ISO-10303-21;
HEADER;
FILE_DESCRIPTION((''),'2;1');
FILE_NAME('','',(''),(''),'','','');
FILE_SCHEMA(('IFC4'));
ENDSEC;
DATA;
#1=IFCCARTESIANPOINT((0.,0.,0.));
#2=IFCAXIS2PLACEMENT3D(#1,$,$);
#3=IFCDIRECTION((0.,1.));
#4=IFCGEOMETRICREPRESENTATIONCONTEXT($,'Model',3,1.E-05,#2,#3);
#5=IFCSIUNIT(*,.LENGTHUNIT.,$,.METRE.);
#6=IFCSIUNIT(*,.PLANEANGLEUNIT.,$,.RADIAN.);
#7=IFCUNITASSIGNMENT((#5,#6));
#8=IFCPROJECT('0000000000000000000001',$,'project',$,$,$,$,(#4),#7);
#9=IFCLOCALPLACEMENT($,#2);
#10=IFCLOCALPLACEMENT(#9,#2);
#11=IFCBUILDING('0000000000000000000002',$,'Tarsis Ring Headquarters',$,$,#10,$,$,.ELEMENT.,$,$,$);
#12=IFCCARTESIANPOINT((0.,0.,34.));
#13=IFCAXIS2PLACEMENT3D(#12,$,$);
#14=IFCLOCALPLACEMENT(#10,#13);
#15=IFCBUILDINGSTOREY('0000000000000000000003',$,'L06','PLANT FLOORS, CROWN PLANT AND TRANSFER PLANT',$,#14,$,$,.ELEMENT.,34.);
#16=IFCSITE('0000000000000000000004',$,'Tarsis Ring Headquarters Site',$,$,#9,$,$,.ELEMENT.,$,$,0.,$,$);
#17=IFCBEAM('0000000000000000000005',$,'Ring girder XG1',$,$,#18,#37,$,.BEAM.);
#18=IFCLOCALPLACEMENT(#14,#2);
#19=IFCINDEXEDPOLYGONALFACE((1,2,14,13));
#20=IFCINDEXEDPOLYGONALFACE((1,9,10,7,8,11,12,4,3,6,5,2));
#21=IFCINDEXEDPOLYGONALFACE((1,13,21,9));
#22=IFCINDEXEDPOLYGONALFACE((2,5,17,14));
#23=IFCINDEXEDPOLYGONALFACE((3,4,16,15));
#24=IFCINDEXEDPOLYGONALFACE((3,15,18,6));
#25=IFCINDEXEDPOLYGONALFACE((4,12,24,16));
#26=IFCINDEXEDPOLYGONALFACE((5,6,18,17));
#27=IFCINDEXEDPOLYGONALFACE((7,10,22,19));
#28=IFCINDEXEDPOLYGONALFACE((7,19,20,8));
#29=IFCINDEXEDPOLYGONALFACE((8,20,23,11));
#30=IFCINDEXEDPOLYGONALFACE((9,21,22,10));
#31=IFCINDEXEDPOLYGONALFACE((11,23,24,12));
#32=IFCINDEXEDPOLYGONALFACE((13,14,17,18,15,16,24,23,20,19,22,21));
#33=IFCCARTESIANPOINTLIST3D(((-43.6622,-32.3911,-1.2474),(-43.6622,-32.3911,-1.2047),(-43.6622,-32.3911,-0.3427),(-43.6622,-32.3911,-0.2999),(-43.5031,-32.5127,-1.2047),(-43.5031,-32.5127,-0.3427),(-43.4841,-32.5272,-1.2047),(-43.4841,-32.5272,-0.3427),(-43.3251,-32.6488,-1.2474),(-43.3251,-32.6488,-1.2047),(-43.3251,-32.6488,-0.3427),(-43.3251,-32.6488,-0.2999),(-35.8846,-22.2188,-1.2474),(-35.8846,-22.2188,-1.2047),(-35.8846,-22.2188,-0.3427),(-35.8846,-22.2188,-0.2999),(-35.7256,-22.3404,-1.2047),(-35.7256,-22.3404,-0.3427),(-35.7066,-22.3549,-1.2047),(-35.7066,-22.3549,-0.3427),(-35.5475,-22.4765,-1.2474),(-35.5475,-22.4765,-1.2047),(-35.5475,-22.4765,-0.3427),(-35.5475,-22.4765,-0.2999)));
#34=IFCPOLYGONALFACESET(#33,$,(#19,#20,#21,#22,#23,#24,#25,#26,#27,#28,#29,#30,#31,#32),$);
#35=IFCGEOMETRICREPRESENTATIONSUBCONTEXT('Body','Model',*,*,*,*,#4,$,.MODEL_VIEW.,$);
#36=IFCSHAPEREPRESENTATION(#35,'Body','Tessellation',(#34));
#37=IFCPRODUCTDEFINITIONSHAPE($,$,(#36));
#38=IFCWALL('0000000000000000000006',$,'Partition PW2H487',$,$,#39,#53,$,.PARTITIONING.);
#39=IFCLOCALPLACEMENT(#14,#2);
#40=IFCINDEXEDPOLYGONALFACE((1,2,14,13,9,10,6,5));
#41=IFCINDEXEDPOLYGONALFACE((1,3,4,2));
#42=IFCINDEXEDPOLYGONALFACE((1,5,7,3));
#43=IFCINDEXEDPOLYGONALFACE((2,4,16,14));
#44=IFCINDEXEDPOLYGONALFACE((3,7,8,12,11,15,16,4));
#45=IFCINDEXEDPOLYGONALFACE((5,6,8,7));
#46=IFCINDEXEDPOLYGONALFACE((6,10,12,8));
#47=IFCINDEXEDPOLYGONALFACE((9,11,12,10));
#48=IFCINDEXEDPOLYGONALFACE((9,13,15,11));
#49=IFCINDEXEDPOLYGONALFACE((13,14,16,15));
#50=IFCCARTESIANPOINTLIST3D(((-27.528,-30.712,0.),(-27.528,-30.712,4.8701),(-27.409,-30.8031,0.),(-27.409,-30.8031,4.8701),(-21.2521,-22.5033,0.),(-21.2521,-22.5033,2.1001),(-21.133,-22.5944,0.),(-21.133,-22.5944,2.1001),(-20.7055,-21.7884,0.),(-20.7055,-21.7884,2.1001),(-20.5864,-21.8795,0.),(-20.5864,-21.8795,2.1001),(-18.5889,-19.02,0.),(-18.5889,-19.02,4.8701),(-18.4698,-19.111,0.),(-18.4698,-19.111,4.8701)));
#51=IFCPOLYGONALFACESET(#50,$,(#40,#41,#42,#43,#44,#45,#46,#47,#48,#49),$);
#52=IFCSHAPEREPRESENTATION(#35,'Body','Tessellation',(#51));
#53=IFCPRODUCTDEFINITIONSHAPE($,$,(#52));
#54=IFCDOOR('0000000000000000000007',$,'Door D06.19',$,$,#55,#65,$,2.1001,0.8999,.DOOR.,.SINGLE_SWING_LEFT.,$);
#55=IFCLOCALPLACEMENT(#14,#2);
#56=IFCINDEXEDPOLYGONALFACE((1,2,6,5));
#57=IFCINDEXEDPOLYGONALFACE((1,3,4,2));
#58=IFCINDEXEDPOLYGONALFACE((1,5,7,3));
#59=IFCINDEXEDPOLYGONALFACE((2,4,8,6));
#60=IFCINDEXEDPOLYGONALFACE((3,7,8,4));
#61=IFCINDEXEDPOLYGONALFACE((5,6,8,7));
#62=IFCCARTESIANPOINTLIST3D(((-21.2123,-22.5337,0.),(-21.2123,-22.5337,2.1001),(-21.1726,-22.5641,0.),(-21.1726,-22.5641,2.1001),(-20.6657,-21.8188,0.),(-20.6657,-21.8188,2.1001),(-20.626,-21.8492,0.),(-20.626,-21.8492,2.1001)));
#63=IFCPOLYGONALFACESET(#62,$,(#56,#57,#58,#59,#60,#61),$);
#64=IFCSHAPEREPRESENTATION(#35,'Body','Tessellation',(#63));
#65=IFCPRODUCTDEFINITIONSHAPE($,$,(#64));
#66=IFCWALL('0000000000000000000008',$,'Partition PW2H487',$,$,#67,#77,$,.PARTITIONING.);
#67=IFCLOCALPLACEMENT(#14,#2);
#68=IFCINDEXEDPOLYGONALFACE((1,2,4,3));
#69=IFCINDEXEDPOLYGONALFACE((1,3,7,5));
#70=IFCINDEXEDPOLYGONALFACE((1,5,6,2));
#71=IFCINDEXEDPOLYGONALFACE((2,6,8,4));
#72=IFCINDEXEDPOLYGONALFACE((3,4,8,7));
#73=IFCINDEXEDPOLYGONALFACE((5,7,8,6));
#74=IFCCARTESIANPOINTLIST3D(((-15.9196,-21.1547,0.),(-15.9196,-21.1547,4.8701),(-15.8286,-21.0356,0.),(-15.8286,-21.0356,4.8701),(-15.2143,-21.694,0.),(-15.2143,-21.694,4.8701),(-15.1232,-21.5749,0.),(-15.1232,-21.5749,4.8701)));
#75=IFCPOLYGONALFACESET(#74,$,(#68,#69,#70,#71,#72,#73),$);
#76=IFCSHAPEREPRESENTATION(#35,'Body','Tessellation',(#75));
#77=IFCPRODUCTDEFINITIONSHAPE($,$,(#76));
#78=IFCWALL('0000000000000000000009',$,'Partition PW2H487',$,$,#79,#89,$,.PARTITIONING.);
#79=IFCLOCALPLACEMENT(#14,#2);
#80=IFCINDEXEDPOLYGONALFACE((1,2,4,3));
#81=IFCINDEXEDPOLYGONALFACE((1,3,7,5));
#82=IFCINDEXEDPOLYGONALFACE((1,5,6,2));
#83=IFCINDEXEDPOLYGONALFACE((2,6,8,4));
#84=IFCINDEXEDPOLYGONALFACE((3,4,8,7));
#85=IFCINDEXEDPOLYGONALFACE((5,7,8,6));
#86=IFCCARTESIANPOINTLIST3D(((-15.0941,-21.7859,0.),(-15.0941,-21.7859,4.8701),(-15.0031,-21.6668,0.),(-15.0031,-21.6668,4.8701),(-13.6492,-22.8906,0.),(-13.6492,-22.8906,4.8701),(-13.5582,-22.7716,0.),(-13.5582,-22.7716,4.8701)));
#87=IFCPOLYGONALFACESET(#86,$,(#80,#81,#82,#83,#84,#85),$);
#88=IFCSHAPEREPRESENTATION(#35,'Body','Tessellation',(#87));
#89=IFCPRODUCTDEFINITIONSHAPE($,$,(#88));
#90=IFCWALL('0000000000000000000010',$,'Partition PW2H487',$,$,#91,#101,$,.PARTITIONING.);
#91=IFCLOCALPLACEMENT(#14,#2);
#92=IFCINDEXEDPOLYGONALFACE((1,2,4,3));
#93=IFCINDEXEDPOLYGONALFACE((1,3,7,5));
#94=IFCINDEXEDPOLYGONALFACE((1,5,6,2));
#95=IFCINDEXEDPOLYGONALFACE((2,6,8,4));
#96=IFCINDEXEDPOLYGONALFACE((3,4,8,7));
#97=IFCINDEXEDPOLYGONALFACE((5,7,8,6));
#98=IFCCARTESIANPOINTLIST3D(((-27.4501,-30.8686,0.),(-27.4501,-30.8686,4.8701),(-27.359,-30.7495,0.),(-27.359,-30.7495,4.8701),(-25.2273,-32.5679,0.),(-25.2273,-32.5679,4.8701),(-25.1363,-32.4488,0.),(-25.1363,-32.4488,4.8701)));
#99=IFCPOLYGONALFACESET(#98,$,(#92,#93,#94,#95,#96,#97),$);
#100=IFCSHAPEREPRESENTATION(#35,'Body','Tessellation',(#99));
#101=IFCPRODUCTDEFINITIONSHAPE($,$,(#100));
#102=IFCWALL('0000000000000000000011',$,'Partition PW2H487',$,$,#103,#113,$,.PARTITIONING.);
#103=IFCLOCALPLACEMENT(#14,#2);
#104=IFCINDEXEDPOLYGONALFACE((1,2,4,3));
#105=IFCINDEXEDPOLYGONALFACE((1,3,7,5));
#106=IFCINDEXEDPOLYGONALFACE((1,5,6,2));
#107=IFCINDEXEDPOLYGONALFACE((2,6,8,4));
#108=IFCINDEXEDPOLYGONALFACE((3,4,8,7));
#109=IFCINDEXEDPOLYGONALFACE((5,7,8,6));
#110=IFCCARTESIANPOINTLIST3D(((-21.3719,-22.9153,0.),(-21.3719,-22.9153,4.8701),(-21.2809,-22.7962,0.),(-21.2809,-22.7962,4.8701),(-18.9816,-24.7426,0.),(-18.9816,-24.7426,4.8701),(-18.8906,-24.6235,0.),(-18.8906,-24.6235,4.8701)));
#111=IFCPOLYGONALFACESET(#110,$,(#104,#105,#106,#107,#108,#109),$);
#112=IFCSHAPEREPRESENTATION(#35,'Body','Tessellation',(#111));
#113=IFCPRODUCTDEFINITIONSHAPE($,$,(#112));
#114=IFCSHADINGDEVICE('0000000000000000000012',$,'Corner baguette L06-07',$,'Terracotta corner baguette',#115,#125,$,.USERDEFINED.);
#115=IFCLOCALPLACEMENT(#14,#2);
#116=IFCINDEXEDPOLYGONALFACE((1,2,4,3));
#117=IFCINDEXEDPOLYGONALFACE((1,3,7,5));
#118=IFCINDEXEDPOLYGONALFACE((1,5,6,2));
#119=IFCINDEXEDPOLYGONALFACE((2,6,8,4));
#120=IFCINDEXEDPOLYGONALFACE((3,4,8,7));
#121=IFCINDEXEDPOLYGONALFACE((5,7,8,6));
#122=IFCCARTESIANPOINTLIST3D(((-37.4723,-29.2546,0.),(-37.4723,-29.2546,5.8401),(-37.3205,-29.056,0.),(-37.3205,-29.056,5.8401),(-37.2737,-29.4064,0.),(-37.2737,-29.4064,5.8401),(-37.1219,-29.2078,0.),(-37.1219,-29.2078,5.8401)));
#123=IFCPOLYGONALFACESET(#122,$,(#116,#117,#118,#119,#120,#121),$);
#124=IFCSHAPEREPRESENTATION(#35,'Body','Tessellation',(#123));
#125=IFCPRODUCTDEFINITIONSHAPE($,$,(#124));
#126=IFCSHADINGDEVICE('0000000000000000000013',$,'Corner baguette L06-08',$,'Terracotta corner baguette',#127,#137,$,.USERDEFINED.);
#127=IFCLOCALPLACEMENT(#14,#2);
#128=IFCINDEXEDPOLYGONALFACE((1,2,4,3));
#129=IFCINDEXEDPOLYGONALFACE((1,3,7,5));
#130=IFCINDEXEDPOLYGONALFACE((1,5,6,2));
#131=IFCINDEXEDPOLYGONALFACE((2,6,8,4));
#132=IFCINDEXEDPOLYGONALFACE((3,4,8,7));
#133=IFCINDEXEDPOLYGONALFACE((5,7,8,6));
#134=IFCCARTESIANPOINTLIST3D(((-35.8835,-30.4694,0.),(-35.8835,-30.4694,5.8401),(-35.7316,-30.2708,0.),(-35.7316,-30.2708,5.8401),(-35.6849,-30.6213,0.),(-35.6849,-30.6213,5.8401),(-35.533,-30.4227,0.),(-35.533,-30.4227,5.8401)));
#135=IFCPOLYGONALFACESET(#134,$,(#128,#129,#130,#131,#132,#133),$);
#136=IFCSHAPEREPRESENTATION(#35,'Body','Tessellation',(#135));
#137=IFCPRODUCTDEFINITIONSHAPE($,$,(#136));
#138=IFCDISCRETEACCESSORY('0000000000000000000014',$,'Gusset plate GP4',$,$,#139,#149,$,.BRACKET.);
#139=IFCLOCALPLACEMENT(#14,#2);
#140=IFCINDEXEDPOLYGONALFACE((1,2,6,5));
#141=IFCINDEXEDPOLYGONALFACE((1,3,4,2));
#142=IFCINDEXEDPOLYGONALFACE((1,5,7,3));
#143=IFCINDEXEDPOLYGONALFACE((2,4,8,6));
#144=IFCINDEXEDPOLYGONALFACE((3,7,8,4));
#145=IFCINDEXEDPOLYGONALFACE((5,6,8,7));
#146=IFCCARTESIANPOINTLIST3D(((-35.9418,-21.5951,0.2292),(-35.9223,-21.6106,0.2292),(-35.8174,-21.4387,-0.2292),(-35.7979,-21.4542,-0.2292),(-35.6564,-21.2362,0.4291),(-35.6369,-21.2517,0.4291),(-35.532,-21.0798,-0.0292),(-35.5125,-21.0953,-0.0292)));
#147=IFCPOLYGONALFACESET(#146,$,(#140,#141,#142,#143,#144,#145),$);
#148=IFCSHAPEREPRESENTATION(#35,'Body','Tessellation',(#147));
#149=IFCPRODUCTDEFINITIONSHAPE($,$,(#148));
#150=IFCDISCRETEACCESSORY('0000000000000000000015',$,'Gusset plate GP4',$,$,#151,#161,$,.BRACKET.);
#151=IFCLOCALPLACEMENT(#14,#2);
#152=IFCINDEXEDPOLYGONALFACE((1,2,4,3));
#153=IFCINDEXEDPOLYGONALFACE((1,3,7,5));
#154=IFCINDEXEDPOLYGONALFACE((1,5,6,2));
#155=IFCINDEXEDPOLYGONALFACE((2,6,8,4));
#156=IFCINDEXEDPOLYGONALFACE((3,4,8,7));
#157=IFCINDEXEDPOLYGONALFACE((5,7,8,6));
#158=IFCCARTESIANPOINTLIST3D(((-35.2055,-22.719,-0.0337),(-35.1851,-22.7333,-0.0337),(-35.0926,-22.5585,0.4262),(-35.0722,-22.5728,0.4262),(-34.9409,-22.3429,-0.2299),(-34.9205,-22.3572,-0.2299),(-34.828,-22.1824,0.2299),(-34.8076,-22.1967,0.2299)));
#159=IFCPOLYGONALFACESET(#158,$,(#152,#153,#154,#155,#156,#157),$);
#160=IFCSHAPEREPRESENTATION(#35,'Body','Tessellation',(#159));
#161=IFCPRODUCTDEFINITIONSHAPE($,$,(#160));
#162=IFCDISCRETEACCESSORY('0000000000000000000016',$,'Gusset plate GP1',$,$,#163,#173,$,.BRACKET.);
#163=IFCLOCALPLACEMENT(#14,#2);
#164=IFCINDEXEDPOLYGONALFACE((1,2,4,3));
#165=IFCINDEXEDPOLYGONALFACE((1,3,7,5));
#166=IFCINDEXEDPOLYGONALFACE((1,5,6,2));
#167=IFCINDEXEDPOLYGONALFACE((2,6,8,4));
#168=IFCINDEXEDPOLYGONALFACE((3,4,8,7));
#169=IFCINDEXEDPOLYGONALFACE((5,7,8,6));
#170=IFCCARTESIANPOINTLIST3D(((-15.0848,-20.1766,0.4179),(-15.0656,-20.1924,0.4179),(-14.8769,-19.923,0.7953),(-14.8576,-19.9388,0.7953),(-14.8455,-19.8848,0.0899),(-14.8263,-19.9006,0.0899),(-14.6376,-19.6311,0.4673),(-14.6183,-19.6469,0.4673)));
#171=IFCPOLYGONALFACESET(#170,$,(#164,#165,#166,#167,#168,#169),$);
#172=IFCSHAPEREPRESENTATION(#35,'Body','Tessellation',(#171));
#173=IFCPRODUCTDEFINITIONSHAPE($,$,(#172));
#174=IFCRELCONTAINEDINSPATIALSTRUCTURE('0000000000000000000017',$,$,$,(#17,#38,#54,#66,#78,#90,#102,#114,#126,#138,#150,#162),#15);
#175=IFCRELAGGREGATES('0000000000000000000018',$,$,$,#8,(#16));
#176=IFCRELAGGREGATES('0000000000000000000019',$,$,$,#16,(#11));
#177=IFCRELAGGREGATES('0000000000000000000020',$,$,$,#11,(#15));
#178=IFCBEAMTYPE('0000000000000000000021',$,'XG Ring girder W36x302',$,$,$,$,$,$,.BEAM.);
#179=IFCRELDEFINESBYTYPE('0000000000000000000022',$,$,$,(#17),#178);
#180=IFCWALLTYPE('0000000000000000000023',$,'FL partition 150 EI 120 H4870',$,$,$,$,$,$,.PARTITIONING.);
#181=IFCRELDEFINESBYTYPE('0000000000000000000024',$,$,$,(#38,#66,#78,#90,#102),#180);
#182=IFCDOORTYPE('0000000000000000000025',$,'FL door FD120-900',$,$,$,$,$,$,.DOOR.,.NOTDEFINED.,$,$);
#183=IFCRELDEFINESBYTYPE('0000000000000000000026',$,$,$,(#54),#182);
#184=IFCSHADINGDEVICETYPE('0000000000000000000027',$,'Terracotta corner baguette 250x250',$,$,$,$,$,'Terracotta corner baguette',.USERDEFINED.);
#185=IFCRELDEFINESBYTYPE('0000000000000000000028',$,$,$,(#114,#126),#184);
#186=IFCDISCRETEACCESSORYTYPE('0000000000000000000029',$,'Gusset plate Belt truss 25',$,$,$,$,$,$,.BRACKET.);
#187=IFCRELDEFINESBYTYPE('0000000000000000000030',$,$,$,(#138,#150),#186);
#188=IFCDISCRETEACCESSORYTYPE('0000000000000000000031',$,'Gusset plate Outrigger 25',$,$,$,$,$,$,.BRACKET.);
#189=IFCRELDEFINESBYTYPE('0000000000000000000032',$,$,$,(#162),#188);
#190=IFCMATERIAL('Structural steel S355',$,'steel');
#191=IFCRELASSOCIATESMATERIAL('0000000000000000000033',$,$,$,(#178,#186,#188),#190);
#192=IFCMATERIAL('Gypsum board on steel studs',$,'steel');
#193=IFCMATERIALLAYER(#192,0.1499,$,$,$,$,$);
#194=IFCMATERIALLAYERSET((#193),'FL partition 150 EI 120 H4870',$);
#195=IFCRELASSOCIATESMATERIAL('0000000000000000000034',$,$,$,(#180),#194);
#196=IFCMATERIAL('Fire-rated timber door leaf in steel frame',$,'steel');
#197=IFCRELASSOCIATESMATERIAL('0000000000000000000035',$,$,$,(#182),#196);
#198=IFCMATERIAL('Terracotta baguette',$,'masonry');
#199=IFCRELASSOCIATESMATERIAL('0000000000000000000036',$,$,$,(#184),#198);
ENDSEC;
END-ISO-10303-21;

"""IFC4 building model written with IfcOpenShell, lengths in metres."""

from ifc_helpers import new_model, si_unit, direction, frame, frame_2d, origin, origin_2d, place, context, subcontext, project, spatial, rectangle, i_section, extrude, material, layer, layer_set, material_profile, profile_set, type_object, element, fill, save


model = new_model("IFC4")

# Units and contexts
model_context = context("Model", 3, precision=1e-05, world=origin(), true_north=direction((0.0, 1.0)))
body_context = subcontext(model_context, "Body", "Model", "MODEL_VIEW")
ifc_project = project(units=[si_unit("LENGTHUNIT", "METRE"), si_unit("PLANEANGLEUNIT", "RADIAN")], contexts=[model_context])

# Site, building, storey
site_placement = place(None, origin())
site = spatial("IfcSite", under=ifc_project, at=site_placement, Name="Tarsis Ring Headquarters Site", CompositionType="ELEMENT", RefElevation=0.0)
building_placement = place(site_placement, origin())
building = spatial("IfcBuilding", under=site, at=building_placement, Name="Tarsis Ring Headquarters", CompositionType="ELEMENT")
storey_placement = place(building_placement, frame((0.0, 0.0, 34.0)))
storey = spatial("IfcBuildingStorey", under=building, at=storey_placement, Name="L06", Description="PLANT FLOORS, CROWN PLANT AND TRANSFER PLANT", CompositionType="ELEMENT", Elevation=34.0)

# Shared definitions
ifc_material_1 = material(Name="Structural steel S355", Category="steel")

# Beam
ifc_material_profile_1 = material_profile(ifc_material_1, i_section(OverallWidth=0.4243, OverallDepth=0.9475, WebThickness=0.0239, FlangeThickness=0.0427, at=origin_2d()), Name="W36x302")
ifc_profile_set_1 = profile_set([ifc_material_profile_1], Name="Structural steel S355")
beam_type_1 = type_object("IfcBeamType", Name="XG Ring girder W36x302", PredefinedType="BEAM", material=ifc_profile_set_1)
beam_1_placement = place(storey_placement, frame((-35.7161, -22.3477, -0.7737), z_axis=(-0.607387, -0.794406, 0.0), x_axis=(0.794406, -0.607387, 0.0)))
element("IfcBeam", 1, at=beam_1_placement, inside=storey, type_object=beam_type_1, Name="Ring girder XG1", PredefinedType="BEAM", context=body_context, shape_type="SweptSolid", body=[
    extrude(i_section(OverallWidth=0.4243, OverallDepth=0.9475, WebThickness=0.0239, FlangeThickness=0.0427, at=origin_2d()), origin(), (0.0, 0.0, 1.0), 12.8049),
])

# Wall, opening, door
ifc_material_2 = material(Name="Gypsum board on steel studs", Category="steel")
ifc_layer = layer(ifc_material_2, 0.1499)
ifc_layer_set = layer_set([ifc_layer], Name="FL partition 150 EI 120 H4870")
wall_type = type_object("IfcWallType", Name="FL partition 150 EI 120 H4870", PredefinedType="PARTITIONING", material=ifc_layer_set)
wall_1_placement = place(storey_placement, frame((-27.4685, -30.7576, 0.0), z_axis=(0.0, 0.0, 1.0), x_axis=(0.607371, 0.794418, 0.0)))
wall_1 = element("IfcWall", 2, at=wall_1_placement, inside=storey, type_object=wall_type, Name="Partition PW2H487", PredefinedType="PARTITIONING", context=body_context, shape_type="SweptSolid", body=[
    extrude(rectangle(XDim=14.7178, YDim=0.1499, at=frame_2d((7.3589, 0.0))), origin(), (0.0, 0.0, 1.0), 4.8701),
])
opening_placement = place(wall_1_placement, frame((10.333, 0.0, 0.0)))
opening = element("IfcOpeningElement", 3, at=opening_placement, cuts=wall_1, PredefinedType="OPENING", context=body_context, shape_type="SweptSolid", body=[
    extrude(rectangle(XDim=0.8999, YDim=2.1001, at=frame_2d((0.45, 1.05))), frame((0.0, 0.085, 0.0), z_axis=(0.0, -1.0, 0.0), x_axis=(1.0, 0.0, 0.0)), (0.0, 0.0, 1.0), 0.1699),
])
ifc_material_3 = material(Name="Fire-rated timber door leaf in steel frame", Category="steel")
door_type = type_object("IfcDoorType", Name="FL door FD120-900", OperationType="NOTDEFINED", PredefinedType="DOOR", material=ifc_material_3)
door_placement = place(opening_placement, origin())
door = element("IfcDoor", 4, at=door_placement, inside=storey, type_object=door_type, Name="Door D06.19", OperationType="SINGLE_SWING_LEFT", OverallHeight=2.1001, OverallWidth=0.8999, PredefinedType="DOOR", context=body_context, shape_type="SweptSolid", body=[
    extrude(rectangle(XDim=0.8999, YDim=2.1001, at=frame_2d((0.45, 1.05))), frame((0.0, 0.0249, 0.0), z_axis=(0.0, -1.0, 0.0), x_axis=(1.0, 0.0, 0.0)), (0.0, 0.0, 1.0), 0.05),
])
fill(opening, door)

# Walls
wall_2_placement = place(storey_placement, frame((-15.874, -21.0952, 0.0), z_axis=(0.0, 0.0, 1.0), x_axis=(0.794389, -0.607409, 0.0)))
element("IfcWall", 5, at=wall_2_placement, inside=storey, type_object=wall_type, Name="Partition PW2H487", PredefinedType="PARTITIONING", context=body_context, shape_type="SweptSolid", body=[
    extrude(rectangle(XDim=0.8879, YDim=0.1499, at=frame_2d((0.4438, 0.0))), origin(), (0.0, 0.0, 1.0), 4.8701),
])
wall_3_placement = place(storey_placement, frame((-15.0486, -21.7263, 0.0), z_axis=(0.0, 0.0, 1.0), x_axis=(0.794392, -0.607405, 0.0)))
element("IfcWall", 6, at=wall_3_placement, inside=storey, type_object=wall_type, Name="Partition PW2H487", PredefinedType="PARTITIONING", context=body_context, shape_type="SweptSolid", body=[
    extrude(rectangle(XDim=1.8188, YDim=0.1499, at=frame_2d((0.9094, 0.0))), origin(), (0.0, 0.0, 1.0), 4.8701),
])
wall_4_placement = place(storey_placement, frame((-27.4045, -30.8091, 0.0), z_axis=(0.0, 0.0, 1.0), x_axis=(0.794437, -0.607346, 0.0)))
element("IfcWall", 7, at=wall_4_placement, inside=storey, type_object=wall_type, Name="Partition PW2H487", PredefinedType="PARTITIONING", context=body_context, shape_type="SweptSolid", body=[
    extrude(rectangle(XDim=2.7979, YDim=0.1499, at=frame_2d((1.3989, 0.0))), origin(), (0.0, 0.0, 1.0), 4.8701),
])
wall_5_placement = place(storey_placement, frame((-21.3264, -22.8557, 0.0), z_axis=(0.0, 0.0, 1.0), x_axis=(0.794445, -0.607336, 0.0)))
element("IfcWall", 8, at=wall_5_placement, inside=storey, type_object=wall_type, Name="Partition PW2H487", PredefinedType="PARTITIONING", context=body_context, shape_type="SweptSolid", body=[
    extrude(rectangle(XDim=3.0088, YDim=0.1499, at=frame_2d((1.5044, 0.0))), origin(), (0.0, 0.0, 1.0), 4.8701),
])

# Shading devices
ifc_material_4 = material(Name="Terracotta baguette", Category="masonry")
shading_device_type_1 = type_object("IfcShadingDeviceType", Name="Terracotta corner baguette 250x250", ElementType="Terracotta corner baguette", PredefinedType="USERDEFINED", material=ifc_material_4)
for number, where, z_axis, x_axis, name in (
    (9, (-37.2971, -29.2312, 0.0), (0.0, 0.0, 1.0), (-0.607376, -0.794415, 0.0), "Corner baguette L06-07"),
    (10, (-35.7083, -30.446, 0.0), (0.0, 0.0, 1.0), (0.794415, -0.607375, 0.0), "Corner baguette L06-08"),
):
    element("IfcShadingDevice", number, at=place(storey_placement, frame(where, z_axis=z_axis, x_axis=x_axis)), inside=storey, type_object=shading_device_type_1, Name=name, ObjectType="Terracotta corner baguette", PredefinedType="USERDEFINED", context=body_context, shape_type="SweptSolid", body=[
        extrude(rectangle(XDim=0.25, YDim=0.25, at=origin_2d()), origin(), (0.0, 0.0, 1.0), 5.8401),
    ])

# Discrete accessories
ifc_material_profile_2 = material_profile(ifc_material_1, rectangle(XDim=0.0249, YDim=0.5, at=origin_2d()), Name="PL 25x500")
ifc_profile_set_2 = profile_set([ifc_material_profile_2], Name="Structural steel S355")
discrete_accessory_type_1 = type_object("IfcDiscreteAccessoryType", Name="Gusset plate Belt truss 25", PredefinedType="BRACKET", material=ifc_profile_set_2)
discrete_accessory_1_placement = place(storey_placement, frame((-35.8699, -21.5247, 0.0), z_axis=(0.570534, 0.717438, 0.399716), x_axis=(-0.782684, 0.62242, 0.0)))
element("IfcDiscreteAccessory", 11, at=discrete_accessory_1_placement, inside=storey, type_object=discrete_accessory_type_1, Name="Gusset plate GP4", PredefinedType="BRACKET", context=body_context, shape_type="SweptSolid", body=[
    extrude(rectangle(XDim=0.0249, YDim=0.5, at=origin_2d()), origin(), (0.0, 0.0, 1.0), 0.5002),
])
discrete_accessory_2_placement = place(storey_placement, frame((-34.8743, -22.2698, 0.0), z_axis=(-0.52918, -0.752276, 0.392492), x_axis=(0.817908, -0.575349, 0.0)))
element("IfcDiscreteAccessory", 12, at=discrete_accessory_2_placement, inside=storey, type_object=discrete_accessory_type_1, Name="Gusset plate GP4", PredefinedType="BRACKET", context=body_context, shape_type="SweptSolid", body=[
    extrude(rectangle(XDim=0.0249, YDim=0.5, at=origin_2d()), origin(), (0.0, 0.0, 1.0), 0.5),
])
discrete_accessory_type_2 = type_object("IfcDiscreteAccessoryType", Name="Gusset plate Outrigger 25", PredefinedType="BRACKET", material=ifc_profile_set_2)
discrete_accessory_3_placement = place(storey_placement, frame((-14.9556, -20.0386, 0.2539), z_axis=(0.415954, 0.507249, 0.754772), x_axis=(-0.77326, 0.634088, 0.0)))
element("IfcDiscreteAccessory", 13, at=discrete_accessory_3_placement, inside=storey, type_object=discrete_accessory_type_2, Name="Gusset plate GP1", PredefinedType="BRACKET", context=body_context, shape_type="SweptSolid", body=[
    extrude(rectangle(XDim=0.0249, YDim=0.5, at=origin_2d()), origin(), (0.0, 0.0, 1.0), 0.5),
])

save(model, "model.ifc")
